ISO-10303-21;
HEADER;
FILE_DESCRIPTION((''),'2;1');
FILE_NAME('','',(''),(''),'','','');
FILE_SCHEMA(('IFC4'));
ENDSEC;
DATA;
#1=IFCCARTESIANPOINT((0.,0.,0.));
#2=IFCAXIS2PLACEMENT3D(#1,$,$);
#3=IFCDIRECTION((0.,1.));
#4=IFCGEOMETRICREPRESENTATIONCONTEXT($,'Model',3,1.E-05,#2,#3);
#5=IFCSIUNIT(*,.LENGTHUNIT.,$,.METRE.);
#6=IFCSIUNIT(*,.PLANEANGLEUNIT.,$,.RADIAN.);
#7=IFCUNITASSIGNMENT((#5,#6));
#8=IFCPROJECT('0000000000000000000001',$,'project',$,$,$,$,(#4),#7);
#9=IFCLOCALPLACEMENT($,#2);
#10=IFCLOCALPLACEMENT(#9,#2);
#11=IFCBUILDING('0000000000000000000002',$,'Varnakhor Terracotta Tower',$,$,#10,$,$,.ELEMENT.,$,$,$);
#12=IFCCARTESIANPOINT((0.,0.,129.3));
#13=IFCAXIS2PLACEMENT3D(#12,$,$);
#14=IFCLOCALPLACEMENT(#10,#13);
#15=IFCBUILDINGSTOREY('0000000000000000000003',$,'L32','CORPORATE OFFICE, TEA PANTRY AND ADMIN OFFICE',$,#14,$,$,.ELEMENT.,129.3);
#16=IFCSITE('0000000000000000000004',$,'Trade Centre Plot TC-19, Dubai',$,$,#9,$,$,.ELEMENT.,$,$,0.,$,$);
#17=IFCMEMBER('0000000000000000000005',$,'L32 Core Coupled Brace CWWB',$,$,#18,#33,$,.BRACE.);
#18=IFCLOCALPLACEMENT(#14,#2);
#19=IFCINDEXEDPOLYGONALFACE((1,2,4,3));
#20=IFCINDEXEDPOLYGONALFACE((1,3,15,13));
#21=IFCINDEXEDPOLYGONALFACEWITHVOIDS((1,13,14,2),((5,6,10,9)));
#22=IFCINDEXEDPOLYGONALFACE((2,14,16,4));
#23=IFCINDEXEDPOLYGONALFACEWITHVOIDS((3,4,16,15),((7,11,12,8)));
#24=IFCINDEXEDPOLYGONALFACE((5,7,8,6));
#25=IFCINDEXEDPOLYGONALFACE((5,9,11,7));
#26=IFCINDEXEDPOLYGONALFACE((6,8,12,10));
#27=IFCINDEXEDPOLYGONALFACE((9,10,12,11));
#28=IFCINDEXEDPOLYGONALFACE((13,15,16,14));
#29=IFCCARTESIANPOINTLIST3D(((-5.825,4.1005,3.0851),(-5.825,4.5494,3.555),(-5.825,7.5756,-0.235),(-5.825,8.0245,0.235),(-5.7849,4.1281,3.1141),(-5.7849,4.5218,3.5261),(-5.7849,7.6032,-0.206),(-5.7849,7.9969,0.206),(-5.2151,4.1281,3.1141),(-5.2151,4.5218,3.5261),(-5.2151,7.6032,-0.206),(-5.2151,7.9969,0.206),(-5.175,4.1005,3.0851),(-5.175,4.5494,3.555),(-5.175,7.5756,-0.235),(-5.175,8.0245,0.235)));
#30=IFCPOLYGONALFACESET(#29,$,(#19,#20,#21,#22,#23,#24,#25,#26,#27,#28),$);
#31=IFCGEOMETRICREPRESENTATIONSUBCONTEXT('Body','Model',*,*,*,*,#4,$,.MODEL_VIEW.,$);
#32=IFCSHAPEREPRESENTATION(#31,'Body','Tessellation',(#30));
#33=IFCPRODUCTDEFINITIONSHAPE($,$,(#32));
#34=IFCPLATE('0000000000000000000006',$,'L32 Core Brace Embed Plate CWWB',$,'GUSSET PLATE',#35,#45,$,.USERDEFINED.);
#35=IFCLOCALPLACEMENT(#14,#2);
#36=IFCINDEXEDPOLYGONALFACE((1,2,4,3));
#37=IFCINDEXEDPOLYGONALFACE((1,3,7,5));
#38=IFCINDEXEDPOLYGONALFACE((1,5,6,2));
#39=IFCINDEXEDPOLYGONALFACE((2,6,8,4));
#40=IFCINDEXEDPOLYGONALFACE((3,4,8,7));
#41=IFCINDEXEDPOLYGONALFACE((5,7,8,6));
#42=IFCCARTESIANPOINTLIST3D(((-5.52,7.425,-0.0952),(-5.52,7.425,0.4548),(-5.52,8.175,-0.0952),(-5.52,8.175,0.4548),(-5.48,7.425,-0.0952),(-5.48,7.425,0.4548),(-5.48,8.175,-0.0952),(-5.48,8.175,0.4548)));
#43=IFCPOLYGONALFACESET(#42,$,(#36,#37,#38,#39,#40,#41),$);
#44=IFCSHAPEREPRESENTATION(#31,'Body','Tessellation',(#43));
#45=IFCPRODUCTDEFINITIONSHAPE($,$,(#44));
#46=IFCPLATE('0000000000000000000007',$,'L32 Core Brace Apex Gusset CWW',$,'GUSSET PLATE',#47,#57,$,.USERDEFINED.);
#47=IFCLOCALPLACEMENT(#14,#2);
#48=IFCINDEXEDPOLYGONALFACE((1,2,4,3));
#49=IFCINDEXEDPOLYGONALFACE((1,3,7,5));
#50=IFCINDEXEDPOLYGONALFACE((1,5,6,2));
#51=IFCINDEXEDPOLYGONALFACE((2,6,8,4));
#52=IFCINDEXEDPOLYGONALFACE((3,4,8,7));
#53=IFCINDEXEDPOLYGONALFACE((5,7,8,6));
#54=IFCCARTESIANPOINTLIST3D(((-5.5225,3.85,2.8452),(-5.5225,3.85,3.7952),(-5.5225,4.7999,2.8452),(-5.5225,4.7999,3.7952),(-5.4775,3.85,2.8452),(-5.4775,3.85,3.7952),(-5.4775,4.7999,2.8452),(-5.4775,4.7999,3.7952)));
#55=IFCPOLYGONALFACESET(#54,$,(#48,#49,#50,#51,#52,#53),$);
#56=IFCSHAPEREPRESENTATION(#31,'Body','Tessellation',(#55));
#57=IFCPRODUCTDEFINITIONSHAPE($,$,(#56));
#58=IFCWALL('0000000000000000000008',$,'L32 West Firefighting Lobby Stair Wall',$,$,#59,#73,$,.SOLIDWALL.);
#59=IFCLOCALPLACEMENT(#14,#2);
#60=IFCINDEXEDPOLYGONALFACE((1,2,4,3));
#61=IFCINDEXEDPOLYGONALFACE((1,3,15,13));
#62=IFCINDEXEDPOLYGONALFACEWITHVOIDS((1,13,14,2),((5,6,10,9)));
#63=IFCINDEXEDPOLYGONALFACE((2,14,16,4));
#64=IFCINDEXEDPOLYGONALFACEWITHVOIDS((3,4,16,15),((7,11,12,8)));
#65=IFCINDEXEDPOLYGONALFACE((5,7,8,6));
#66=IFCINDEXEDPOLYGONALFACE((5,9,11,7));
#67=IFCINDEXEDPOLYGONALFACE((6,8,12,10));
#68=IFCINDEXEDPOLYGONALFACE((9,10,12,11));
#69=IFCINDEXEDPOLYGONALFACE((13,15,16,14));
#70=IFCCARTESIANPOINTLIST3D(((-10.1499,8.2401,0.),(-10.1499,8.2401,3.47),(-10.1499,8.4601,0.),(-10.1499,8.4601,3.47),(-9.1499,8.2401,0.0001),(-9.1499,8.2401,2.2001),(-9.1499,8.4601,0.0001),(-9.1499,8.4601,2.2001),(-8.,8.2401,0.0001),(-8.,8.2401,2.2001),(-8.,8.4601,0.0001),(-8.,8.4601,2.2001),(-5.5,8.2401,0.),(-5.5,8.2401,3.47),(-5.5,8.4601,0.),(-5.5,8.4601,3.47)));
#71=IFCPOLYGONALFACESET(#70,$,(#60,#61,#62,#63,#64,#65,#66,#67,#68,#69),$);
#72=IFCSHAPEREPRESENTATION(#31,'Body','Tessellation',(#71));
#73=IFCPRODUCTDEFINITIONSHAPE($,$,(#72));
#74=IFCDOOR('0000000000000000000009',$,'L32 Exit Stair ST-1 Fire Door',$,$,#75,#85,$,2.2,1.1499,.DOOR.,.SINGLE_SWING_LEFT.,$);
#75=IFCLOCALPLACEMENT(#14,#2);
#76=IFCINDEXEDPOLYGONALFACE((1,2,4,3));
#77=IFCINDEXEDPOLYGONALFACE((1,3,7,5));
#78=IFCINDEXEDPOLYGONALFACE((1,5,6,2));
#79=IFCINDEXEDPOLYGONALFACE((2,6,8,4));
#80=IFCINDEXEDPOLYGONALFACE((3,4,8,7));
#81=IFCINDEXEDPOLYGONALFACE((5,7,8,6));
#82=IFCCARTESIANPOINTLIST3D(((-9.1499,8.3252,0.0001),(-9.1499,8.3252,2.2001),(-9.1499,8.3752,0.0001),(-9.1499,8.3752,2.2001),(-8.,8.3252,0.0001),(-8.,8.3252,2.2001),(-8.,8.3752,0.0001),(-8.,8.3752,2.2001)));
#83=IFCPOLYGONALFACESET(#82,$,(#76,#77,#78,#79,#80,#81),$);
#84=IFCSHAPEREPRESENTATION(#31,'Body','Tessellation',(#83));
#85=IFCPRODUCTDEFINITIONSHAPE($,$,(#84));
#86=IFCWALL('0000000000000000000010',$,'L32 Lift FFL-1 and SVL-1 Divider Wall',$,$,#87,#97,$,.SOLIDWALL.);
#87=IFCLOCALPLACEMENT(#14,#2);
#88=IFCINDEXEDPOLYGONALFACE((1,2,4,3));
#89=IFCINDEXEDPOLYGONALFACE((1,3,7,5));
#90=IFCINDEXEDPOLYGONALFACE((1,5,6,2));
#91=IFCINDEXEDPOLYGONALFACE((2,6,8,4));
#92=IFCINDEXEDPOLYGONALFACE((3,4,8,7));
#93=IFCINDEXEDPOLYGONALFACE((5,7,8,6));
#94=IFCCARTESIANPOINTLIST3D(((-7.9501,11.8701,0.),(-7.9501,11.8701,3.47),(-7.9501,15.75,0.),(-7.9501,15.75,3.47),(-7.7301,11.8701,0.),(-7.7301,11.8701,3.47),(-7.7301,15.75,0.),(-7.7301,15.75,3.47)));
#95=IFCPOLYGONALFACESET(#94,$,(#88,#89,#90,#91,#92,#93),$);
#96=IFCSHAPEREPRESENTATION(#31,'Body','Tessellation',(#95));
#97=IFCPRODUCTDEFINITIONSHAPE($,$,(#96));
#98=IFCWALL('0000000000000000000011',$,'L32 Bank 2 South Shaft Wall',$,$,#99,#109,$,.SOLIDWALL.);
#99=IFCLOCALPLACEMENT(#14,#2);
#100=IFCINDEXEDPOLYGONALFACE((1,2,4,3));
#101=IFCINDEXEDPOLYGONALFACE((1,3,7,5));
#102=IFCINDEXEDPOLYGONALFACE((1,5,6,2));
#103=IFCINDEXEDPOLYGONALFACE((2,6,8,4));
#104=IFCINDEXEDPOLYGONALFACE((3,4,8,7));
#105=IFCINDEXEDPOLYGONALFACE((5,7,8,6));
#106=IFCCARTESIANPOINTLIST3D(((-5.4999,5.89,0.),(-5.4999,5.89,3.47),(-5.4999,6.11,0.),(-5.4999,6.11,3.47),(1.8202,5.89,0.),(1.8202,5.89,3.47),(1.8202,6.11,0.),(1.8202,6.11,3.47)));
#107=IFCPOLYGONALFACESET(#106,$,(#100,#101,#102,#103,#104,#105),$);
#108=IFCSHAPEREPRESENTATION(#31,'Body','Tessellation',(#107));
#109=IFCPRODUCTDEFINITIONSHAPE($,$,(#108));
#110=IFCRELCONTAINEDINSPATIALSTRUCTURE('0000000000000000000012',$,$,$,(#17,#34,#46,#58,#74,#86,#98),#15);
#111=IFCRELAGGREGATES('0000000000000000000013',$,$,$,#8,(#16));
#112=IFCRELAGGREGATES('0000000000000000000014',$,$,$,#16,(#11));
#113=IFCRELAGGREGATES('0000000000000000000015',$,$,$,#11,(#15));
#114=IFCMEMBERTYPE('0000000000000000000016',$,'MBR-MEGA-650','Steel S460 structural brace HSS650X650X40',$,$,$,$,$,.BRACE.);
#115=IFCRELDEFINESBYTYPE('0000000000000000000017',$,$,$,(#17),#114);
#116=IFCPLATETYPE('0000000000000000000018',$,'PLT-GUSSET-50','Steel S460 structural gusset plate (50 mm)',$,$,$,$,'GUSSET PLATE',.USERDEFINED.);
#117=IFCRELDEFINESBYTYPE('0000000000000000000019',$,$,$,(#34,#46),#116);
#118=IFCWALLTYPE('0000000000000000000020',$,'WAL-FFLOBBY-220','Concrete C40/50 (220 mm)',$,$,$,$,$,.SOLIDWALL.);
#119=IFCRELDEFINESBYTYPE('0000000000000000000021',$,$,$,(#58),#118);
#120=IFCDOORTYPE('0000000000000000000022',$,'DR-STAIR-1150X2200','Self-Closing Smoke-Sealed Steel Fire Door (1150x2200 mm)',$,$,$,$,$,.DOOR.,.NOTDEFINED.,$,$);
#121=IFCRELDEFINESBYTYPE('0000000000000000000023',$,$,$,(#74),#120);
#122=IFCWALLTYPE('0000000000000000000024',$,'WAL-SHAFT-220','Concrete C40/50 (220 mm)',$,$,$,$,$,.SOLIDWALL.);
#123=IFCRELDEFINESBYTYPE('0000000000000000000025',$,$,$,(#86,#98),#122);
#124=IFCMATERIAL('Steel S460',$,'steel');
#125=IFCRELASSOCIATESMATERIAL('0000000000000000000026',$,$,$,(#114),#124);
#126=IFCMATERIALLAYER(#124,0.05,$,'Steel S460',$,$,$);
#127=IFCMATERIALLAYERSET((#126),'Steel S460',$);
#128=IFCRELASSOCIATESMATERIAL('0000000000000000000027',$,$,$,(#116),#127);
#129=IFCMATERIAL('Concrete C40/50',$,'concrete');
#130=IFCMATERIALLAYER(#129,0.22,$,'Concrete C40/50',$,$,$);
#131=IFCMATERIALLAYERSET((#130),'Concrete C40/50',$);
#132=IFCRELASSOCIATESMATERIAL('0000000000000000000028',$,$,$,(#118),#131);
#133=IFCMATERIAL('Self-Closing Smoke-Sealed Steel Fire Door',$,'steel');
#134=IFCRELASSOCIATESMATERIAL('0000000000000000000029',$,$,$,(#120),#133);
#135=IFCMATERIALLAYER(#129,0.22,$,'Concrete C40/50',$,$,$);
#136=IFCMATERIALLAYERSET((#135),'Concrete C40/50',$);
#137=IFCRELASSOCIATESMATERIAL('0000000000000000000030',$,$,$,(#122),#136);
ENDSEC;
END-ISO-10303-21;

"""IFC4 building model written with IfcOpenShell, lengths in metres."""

from ifc_helpers import new_model, si_unit, direction, frame, frame_2d, origin, origin_2d, place, context, subcontext, project, spatial, rectangle, hollow_rectangle, extrude, source, transform, mapped, material, layer, layer_set, material_profile, profile_set, type_object, type_shapes, element, fill, save


model = new_model("IFC4")

# Units and contexts
model_context = context("Model", 3, precision=1e-05, world=origin(), true_north=direction((0.0, 1.0)))
body_context = subcontext(model_context, "Body", "Model", "MODEL_VIEW")
ifc_project = project(units=[si_unit("LENGTHUNIT", "METRE"), si_unit("PLANEANGLEUNIT", "RADIAN")], contexts=[model_context])

# Site, building, storey
site_placement = place(None, origin())
site = spatial("IfcSite", under=ifc_project, at=site_placement, Name="Trade Centre Plot TC-19, Dubai", CompositionType="ELEMENT", RefElevation=0.0)
building_placement = place(site_placement, origin())
building = spatial("IfcBuilding", under=site, at=building_placement, Name="Varnakhor Terracotta Tower", CompositionType="ELEMENT")
storey_placement = place(building_placement, frame((0.0, 0.0, 129.3)))
storey = spatial("IfcBuildingStorey", under=building, at=storey_placement, Name="L32", Description="CORPORATE OFFICE, TEA PANTRY AND ADMIN OFFICE", CompositionType="ELEMENT", Elevation=129.3)

# Member
ifc_material_1 = material(Name="Steel S460", Category="steel")
ifc_material_profile = material_profile(ifc_material_1, hollow_rectangle(XDim=0.6499, YDim=0.6499, WallThickness=0.04, at=origin_2d()), Name="HSS650X650X40")
ifc_profile_set = profile_set([ifc_material_profile], Name="Steel S460")
member_type = type_object("IfcMemberType", Name="MBR-MEGA-650", Description="Steel S460 structural brace HSS650X650X40", PredefinedType="BRACE", material=ifc_profile_set)
shared_shape_1 = source(origin(), body_context, "Body", "SweptSolid", [
    extrude(hollow_rectangle(XDim=0.6499, YDim=0.6499, WallThickness=0.04, at=origin_2d()), origin(), (0.0, 0.0, 1.0), 4.8062),
])
member_placement = place(storey_placement, frame((-5.5, 7.8, 0.0), z_axis=(0.0, -0.723051, 0.690795), x_axis=(1.0, 0.0, 0.0)))
element("IfcMember", 1, at=member_placement, inside=storey, type_object=member_type, Name="L32 Core Coupled Brace CWWB", PredefinedType="BRACE", context=body_context, shape_type="MappedRepresentation", body=[
    mapped(shared_shape_1, transform((0.0, 0.0, 0.0), scale=1.0)),
])

# Plates
ifc_layer_1 = layer(ifc_material_1, 0.05, Name="Steel S460")
ifc_layer_set_1 = layer_set([ifc_layer_1], Name="Steel S460")
plate_type = type_object("IfcPlateType", Name="PLT-GUSSET-50", Description="Steel S460 structural gusset plate (50 mm)", ElementType="GUSSET PLATE", PredefinedType="USERDEFINED", material=ifc_layer_set_1)
shared_shape_2 = source(origin(), body_context, "Body", "SweptSolid", [
    extrude(rectangle(XDim=0.75, YDim=0.04, at=origin_2d()), origin(), (0.0, 0.0, 1.0), 0.55),
])
type_shapes(plate_type, [shared_shape_2])
plate_1_placement = place(storey_placement, frame((-5.5, 7.8, -0.0952), z_axis=(0.0, 0.0, 1.0), x_axis=(0.0, 1.0, 0.0)))
element("IfcPlate", 2, at=plate_1_placement, inside=storey, type_object=plate_type, Name="L32 Core Brace Embed Plate CWWB", ObjectType="GUSSET PLATE", PredefinedType="USERDEFINED", context=body_context, shape_type="MappedRepresentation", body=[
    mapped(shared_shape_2, transform((0.0, 0.0, 0.0), scale=1.0)),
])
shared_shape_3 = source(origin(), body_context, "Body", "SweptSolid", [
    extrude(rectangle(XDim=0.95, YDim=0.0449, at=origin_2d()), origin(), (0.0, 0.0, 1.0), 0.95),
])
plate_2_placement = place(storey_placement, frame((-5.5, 4.325, 2.8452), z_axis=(0.0, 0.0, 1.0), x_axis=(0.0, 1.0, 0.0)))
element("IfcPlate", 3, at=plate_2_placement, inside=storey, type_object=plate_type, Name="L32 Core Brace Apex Gusset CWW", ObjectType="GUSSET PLATE", PredefinedType="USERDEFINED", context=body_context, shape_type="MappedRepresentation", body=[
    mapped(shared_shape_3, transform((0.0, 0.0, 0.0), scale=1.0)),
])

# Wall, opening, door
ifc_material_2 = material(Name="Concrete C40/50", Category="concrete")
ifc_layer_2 = layer(ifc_material_2, 0.22, Name="Concrete C40/50")
ifc_layer_set_2 = layer_set([ifc_layer_2], Name="Concrete C40/50")
wall_type_1 = type_object("IfcWallType", Name="WAL-FFLOBBY-220", Description="Concrete C40/50 (220 mm)", PredefinedType="SOLIDWALL", material=ifc_layer_set_2)
wall_1_placement = place(storey_placement, frame((-5.5, 8.3501, 0.0), z_axis=(0.0, 0.0, 1.0), x_axis=(-1.0, 0.0, 0.0)))
wall_1 = element("IfcWall", 4, at=wall_1_placement, inside=storey, type_object=wall_type_1, Name="L32 West Firefighting Lobby Stair Wall", PredefinedType="SOLIDWALL", context=body_context, shape_type="SweptSolid", body=[
    extrude(rectangle(XDim=4.6499, YDim=0.22, at=frame_2d((2.325, 0.0))), origin(), (0.0, 0.0, 1.0), 3.47),
])
opening_1_placement = place(wall_1_placement, frame((2.5, 0.0, 0.0)))
opening_1 = element("IfcOpeningElement", 5, at=opening_1_placement, cuts=wall_1, PredefinedType="OPENING", context=body_context, shape_type="SweptSolid", body=[
    extrude(rectangle(XDim=1.1499, YDim=2.2, at=frame_2d((0.575, 1.1001))), frame((0.0, 0.1201, 0.0), z_axis=(0.0, -1.0, 0.0), x_axis=(1.0, 0.0, 0.0)), (0.0, 0.0, 1.0), 0.24),
])
ifc_material_3 = material(Name="Self-Closing Smoke-Sealed Steel Fire Door", Category="steel")
door_type_1 = type_object("IfcDoorType", Name="DR-STAIR-1150X2200", Description="Self-Closing Smoke-Sealed Steel Fire Door (1150x2200 mm)", OperationType="NOTDEFINED", PredefinedType="DOOR", material=ifc_material_3)
shared_shape_4 = source(origin(), body_context, "Body", "SweptSolid", [
    extrude(rectangle(XDim=1.1499, YDim=2.2, at=frame_2d((0.575, 1.1001))), frame((0.0, 0.0249, 0.0), z_axis=(0.0, -1.0, 0.0), x_axis=(1.0, 0.0, 0.0)), (0.0, 0.0, 1.0), 0.05),
])
type_shapes(door_type_1, [shared_shape_4])
door_1_placement = place(opening_1_placement, origin())
door_1 = element("IfcDoor", 6, at=door_1_placement, inside=storey, type_object=door_type_1, Name="L32 Exit Stair ST-1 Fire Door", OperationType="SINGLE_SWING_LEFT", OverallHeight=2.2, OverallWidth=1.1499, PredefinedType="DOOR", context=body_context, shape_type="MappedRepresentation", body=[
    mapped(shared_shape_4, transform((0.0, 0.0, 0.0), scale=1.0)),
])
fill(opening_1, door_1)

# Walls
ifc_layer_3 = layer(ifc_material_2, 0.22, Name="Concrete C40/50")
ifc_layer_set_3 = layer_set([ifc_layer_3], Name="Concrete C40/50")
wall_type_2 = type_object("IfcWallType", Name="WAL-SHAFT-220", Description="Concrete C40/50 (220 mm)", PredefinedType="SOLIDWALL", material=ifc_layer_set_3)
wall_2_placement = place(storey_placement, frame((-7.8401, 11.8701, 0.0), z_axis=(0.0, 0.0, 1.0), x_axis=(0.0, 1.0, 0.0)))
element("IfcWall", 7, at=wall_2_placement, inside=storey, type_object=wall_type_2, Name="L32 Lift FFL-1 and SVL-1 Divider Wall", PredefinedType="SOLIDWALL", context=body_context, shape_type="SweptSolid", body=[
    extrude(rectangle(XDim=3.8799, YDim=0.22, at=frame_2d((1.9399, 0.0))), origin(), (0.0, 0.0, 1.0), 3.47),
])
wall_3_placement = place(storey_placement, frame((-5.5, 6.0, 0.0), z_axis=(0.0, 0.0, 1.0), x_axis=(1.0, 0.0, 0.0)))
element("IfcWall", 8, at=wall_3_placement, inside=storey, type_object=wall_type_2, Name="L32 Bank 2 South Shaft Wall", PredefinedType="SOLIDWALL", context=body_context, shape_type="SweptSolid", body=[
    extrude(rectangle(XDim=7.3201, YDim=0.22, at=frame_2d((3.6602, 0.0))), origin(), (0.0, 0.0, 1.0), 3.47),
])

save(model, "model.ifc")
